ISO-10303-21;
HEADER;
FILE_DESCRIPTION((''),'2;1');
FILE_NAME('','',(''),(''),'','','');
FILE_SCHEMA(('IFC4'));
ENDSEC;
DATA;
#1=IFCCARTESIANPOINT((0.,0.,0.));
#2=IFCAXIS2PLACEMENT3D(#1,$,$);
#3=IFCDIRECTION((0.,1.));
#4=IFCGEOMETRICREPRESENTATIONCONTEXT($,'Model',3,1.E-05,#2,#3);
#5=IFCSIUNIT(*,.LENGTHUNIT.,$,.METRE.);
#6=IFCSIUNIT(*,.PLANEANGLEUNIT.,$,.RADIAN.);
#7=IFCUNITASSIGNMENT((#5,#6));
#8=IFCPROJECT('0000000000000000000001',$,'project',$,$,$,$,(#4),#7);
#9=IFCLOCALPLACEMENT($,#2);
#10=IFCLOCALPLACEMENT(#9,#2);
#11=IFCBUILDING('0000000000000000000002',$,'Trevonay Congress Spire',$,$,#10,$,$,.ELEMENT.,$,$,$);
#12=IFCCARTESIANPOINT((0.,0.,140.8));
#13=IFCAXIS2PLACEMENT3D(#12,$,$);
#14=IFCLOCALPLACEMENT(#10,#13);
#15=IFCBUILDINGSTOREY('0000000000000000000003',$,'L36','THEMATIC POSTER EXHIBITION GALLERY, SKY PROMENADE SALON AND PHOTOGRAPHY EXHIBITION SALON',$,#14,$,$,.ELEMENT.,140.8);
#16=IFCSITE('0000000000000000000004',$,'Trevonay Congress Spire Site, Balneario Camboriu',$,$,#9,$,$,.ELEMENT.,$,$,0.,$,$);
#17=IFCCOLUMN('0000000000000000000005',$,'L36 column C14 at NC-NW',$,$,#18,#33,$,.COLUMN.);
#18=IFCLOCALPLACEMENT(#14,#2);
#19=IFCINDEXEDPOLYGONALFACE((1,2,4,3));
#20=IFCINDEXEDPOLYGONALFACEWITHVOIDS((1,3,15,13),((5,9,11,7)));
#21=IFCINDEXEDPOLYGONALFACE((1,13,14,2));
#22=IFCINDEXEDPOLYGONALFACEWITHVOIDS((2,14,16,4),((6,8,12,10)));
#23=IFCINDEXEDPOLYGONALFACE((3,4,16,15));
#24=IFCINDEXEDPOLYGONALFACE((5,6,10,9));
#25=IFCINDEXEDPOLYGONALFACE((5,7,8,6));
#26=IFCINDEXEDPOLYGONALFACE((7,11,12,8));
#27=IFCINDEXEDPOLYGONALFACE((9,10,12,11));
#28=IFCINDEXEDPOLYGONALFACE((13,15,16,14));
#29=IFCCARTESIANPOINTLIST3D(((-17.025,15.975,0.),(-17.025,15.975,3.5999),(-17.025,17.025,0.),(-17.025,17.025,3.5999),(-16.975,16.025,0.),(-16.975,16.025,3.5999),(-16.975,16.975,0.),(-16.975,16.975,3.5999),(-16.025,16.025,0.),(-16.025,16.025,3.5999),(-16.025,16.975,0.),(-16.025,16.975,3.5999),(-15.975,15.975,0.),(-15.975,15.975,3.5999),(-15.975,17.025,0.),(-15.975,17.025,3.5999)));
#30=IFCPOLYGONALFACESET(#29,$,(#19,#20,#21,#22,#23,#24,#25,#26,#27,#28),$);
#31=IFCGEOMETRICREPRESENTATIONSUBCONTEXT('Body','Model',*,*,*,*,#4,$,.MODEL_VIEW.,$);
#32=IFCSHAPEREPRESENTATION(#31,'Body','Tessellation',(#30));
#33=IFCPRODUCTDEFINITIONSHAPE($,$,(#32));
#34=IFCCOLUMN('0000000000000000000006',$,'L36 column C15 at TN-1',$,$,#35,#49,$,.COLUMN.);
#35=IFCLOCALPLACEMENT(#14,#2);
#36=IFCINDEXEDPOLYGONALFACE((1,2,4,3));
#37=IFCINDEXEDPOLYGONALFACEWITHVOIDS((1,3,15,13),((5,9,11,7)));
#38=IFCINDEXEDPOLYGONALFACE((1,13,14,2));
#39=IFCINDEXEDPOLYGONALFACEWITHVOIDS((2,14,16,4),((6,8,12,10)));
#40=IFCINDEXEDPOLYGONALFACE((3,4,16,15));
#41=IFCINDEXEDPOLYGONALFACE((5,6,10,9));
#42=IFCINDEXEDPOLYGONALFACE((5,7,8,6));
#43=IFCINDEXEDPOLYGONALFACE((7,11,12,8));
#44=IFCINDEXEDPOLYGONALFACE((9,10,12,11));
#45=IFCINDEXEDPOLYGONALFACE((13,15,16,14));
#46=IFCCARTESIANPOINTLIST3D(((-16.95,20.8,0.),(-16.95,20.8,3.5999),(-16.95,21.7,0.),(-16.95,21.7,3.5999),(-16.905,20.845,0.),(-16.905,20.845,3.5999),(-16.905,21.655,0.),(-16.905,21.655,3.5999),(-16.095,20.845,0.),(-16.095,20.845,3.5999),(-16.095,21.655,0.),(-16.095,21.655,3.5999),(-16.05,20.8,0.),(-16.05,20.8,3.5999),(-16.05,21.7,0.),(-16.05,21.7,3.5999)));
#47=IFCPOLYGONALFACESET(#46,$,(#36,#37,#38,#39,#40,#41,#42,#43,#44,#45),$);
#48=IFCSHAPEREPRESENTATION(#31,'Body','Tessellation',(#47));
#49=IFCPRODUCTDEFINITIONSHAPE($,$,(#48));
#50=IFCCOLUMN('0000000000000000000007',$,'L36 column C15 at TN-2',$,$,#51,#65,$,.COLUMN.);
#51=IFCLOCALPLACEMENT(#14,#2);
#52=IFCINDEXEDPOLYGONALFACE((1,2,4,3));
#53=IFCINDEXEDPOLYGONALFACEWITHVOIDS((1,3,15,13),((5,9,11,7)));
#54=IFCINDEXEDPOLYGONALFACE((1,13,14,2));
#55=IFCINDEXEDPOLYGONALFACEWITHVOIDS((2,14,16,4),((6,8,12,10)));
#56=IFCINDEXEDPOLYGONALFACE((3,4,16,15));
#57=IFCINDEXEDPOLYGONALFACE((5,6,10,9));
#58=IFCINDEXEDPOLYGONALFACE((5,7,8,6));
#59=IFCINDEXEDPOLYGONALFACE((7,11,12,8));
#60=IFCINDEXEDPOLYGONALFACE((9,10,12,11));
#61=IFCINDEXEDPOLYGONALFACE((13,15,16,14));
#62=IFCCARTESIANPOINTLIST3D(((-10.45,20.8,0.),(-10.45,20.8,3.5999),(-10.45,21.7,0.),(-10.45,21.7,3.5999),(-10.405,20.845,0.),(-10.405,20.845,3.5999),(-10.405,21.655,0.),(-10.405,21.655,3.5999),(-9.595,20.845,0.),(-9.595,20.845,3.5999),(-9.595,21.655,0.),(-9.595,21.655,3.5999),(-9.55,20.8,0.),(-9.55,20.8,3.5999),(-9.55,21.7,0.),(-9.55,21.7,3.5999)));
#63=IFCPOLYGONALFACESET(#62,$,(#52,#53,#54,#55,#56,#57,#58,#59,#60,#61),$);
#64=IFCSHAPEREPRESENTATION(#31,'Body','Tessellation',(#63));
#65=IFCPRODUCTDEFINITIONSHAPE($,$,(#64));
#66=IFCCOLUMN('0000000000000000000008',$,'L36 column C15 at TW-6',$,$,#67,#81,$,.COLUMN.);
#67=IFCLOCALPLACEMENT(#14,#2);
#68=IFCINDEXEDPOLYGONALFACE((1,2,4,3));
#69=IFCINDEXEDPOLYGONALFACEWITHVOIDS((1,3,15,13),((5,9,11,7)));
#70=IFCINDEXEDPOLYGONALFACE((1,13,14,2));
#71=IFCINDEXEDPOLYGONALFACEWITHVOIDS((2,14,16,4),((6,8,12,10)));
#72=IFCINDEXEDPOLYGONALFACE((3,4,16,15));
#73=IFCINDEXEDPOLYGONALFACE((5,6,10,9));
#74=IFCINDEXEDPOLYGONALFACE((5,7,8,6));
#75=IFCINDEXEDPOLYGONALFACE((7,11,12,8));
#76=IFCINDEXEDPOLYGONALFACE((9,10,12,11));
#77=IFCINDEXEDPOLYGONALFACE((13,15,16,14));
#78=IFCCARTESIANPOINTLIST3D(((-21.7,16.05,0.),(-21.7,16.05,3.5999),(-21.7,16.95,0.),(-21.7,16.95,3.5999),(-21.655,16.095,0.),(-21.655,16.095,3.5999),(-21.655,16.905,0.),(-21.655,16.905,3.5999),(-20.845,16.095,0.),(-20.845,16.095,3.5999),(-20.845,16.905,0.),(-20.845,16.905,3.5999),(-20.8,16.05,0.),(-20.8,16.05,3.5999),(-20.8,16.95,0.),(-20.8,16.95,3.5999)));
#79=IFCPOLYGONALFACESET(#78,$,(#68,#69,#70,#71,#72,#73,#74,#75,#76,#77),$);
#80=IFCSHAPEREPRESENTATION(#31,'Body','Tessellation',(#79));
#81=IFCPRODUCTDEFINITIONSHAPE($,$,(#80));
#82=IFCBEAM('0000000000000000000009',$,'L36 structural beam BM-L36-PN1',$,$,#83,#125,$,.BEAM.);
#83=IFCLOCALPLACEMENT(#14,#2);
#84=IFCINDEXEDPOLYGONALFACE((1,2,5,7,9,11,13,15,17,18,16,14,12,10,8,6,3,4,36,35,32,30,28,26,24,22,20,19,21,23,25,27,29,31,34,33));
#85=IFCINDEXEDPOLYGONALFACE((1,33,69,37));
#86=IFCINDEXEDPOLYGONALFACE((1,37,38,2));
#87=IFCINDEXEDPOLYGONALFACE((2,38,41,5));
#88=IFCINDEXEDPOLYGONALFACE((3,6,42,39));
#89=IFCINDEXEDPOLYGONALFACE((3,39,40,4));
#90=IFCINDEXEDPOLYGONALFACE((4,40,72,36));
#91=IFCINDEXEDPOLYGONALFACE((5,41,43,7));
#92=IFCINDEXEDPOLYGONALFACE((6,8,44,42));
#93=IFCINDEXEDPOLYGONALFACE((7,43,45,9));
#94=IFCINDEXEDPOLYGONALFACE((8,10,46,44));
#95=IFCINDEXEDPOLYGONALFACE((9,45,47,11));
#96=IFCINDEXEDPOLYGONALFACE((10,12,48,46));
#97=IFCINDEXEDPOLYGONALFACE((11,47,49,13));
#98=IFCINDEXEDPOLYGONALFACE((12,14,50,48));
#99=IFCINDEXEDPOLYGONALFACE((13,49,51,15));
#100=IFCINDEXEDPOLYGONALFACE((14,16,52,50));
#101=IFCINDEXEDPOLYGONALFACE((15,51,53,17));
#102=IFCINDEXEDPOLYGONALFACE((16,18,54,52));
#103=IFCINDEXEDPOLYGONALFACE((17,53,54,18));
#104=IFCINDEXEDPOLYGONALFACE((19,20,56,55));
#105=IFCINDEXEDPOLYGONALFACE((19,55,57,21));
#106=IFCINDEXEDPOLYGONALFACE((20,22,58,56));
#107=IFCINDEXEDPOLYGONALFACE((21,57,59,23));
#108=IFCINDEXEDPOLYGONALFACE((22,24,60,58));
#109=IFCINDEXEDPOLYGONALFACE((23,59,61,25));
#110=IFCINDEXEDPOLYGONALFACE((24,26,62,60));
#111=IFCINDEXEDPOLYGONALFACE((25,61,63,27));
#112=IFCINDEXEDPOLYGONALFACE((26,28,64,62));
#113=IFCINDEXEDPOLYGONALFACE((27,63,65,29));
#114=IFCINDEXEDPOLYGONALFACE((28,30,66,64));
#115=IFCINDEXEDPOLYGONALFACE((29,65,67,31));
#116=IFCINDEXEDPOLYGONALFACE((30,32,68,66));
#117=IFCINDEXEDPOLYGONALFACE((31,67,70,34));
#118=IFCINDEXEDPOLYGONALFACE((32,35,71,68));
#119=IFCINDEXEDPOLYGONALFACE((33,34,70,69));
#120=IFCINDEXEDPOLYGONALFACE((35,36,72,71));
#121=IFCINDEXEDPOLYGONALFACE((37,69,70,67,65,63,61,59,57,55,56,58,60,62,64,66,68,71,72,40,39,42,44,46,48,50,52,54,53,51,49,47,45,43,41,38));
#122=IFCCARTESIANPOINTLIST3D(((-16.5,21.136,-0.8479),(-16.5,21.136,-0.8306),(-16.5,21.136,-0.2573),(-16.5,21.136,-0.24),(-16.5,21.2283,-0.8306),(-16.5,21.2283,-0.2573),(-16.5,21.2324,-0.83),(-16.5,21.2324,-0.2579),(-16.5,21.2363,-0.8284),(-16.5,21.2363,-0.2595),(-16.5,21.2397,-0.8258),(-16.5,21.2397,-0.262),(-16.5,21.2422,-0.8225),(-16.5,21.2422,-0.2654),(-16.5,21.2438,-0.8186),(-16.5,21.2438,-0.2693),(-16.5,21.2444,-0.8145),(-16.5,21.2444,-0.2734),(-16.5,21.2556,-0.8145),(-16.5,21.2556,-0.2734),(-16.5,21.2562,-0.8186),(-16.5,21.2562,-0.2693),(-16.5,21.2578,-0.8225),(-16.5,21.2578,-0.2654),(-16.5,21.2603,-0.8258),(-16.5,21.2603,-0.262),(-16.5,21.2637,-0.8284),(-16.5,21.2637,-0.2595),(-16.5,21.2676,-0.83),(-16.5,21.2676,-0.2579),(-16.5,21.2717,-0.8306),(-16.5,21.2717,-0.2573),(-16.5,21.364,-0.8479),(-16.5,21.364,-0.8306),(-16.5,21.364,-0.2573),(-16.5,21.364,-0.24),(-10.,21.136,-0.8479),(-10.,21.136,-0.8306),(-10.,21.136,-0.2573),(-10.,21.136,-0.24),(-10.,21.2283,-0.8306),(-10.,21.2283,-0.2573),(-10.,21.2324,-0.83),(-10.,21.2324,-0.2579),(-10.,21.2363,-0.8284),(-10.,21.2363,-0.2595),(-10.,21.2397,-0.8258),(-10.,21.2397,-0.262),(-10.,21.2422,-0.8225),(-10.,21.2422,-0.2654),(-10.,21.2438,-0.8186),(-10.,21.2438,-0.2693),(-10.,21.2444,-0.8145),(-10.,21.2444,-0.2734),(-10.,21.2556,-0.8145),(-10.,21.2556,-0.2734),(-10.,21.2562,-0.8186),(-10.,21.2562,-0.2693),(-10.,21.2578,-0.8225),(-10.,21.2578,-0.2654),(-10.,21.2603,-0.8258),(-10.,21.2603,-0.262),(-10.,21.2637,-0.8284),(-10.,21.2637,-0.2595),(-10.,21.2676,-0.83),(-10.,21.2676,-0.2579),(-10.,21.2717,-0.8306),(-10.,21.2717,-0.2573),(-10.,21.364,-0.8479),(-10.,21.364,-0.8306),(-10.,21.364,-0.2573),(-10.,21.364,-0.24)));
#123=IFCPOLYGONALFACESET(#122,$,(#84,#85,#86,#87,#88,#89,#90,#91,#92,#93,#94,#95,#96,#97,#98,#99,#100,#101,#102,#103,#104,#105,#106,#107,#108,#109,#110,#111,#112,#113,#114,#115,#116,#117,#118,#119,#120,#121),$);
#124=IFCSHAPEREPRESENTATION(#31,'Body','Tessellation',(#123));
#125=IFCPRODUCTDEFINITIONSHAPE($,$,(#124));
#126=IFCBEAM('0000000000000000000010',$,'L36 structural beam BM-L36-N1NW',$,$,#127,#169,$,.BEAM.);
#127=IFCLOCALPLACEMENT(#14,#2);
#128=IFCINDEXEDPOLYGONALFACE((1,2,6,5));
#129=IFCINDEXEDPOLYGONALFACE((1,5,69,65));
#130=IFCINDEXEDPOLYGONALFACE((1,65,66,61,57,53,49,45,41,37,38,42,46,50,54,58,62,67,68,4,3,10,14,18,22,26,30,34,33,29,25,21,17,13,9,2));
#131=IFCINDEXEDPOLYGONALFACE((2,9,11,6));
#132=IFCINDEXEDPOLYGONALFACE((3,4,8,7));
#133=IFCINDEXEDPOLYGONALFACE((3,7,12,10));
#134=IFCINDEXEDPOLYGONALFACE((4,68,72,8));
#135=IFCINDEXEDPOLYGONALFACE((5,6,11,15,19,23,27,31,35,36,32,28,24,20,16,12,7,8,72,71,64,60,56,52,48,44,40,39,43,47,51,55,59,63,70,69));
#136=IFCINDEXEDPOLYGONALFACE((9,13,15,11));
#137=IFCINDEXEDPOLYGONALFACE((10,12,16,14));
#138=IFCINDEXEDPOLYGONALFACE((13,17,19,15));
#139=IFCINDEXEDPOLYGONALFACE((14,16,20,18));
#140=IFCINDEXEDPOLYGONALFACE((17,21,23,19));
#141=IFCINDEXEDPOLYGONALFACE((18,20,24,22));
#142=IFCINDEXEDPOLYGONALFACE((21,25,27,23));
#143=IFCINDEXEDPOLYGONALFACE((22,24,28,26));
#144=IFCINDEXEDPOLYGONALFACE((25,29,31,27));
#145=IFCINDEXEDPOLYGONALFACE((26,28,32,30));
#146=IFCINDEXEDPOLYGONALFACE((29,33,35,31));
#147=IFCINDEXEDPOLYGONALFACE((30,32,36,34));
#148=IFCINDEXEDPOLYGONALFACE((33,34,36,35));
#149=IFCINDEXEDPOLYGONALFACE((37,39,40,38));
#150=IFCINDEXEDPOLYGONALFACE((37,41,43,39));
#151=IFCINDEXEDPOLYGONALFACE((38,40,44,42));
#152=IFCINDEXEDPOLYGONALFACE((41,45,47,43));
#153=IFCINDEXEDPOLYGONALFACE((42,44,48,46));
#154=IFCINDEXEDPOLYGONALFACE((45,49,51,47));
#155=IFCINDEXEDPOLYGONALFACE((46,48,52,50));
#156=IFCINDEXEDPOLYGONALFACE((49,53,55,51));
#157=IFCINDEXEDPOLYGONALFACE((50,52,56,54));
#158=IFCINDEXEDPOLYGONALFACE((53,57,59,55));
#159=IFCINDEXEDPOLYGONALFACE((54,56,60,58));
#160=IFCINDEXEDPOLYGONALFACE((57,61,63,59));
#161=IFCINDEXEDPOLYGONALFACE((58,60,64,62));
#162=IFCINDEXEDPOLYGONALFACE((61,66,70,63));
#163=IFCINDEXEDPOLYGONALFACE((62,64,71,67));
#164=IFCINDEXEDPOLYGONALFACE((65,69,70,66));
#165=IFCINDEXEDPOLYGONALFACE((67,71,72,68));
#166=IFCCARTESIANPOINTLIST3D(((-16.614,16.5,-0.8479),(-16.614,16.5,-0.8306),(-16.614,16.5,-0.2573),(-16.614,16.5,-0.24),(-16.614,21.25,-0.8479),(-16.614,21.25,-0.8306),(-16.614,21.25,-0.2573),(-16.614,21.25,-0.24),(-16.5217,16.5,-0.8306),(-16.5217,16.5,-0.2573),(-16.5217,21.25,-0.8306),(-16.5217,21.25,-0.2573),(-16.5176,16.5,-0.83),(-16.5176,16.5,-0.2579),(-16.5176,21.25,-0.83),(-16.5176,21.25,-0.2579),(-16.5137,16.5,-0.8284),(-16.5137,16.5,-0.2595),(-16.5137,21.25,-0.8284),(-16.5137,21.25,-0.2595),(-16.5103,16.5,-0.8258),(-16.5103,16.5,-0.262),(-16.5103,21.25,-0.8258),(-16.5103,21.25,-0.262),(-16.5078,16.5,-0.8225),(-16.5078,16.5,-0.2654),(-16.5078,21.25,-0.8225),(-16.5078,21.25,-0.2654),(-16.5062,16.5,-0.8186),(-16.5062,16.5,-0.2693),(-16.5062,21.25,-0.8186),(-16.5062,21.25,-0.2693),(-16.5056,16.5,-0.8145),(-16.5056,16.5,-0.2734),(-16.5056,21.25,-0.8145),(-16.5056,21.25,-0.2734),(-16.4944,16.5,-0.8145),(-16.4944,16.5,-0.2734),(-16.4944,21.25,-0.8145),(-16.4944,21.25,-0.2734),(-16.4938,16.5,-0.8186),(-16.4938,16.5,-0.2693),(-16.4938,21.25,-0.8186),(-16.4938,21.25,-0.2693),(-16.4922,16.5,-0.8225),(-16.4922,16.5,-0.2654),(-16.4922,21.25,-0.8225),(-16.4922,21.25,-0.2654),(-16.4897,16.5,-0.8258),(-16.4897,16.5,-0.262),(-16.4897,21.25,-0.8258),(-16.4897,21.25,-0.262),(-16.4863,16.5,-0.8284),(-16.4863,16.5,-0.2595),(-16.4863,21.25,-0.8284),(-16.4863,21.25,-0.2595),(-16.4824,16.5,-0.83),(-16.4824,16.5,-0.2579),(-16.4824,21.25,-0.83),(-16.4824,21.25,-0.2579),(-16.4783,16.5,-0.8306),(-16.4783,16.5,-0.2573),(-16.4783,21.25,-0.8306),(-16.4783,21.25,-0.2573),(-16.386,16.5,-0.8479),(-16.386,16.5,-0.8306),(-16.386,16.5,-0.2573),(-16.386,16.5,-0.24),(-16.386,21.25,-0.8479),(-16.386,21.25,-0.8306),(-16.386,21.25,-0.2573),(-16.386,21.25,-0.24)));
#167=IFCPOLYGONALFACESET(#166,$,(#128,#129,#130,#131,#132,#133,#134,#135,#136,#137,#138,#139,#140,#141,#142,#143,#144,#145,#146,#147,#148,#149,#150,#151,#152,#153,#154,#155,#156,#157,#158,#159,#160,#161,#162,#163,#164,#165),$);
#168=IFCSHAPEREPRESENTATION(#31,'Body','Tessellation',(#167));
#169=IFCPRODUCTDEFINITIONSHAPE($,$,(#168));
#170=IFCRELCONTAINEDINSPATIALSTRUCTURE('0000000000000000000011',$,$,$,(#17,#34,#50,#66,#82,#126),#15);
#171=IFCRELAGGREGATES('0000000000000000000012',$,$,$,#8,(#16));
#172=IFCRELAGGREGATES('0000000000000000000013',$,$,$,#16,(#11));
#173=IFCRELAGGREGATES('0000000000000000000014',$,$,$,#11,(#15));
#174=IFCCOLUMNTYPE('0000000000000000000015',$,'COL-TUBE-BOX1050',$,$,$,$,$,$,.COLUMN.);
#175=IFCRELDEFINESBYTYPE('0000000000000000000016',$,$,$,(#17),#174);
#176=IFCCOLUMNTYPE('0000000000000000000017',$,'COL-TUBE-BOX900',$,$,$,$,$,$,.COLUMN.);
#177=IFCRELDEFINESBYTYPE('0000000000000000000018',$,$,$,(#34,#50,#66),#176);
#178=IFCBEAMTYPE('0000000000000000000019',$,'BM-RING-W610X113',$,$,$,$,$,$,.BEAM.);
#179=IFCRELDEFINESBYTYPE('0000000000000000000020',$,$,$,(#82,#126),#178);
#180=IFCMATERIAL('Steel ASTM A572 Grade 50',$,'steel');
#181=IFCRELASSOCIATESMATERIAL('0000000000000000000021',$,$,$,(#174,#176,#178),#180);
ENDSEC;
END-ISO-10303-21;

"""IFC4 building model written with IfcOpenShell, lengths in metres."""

from ifc_helpers import new_model, si_unit, direction, frame, origin, origin_2d, place, context, subcontext, project, spatial, hollow_rectangle, i_section, extrude, material, material_profile, profile_set, type_object, element, save


model = new_model("IFC4")

# Units and contexts
model_context = context("Model", 3, precision=1e-05, world=origin(), true_north=direction((0.0, 1.0)))
body_context = subcontext(model_context, "Body", "Model", "MODEL_VIEW")
ifc_project = project(units=[si_unit("LENGTHUNIT", "METRE"), si_unit("PLANEANGLEUNIT", "RADIAN")], contexts=[model_context])

# Site, building, storey
site_placement = place(None, origin())
site = spatial("IfcSite", under=ifc_project, at=site_placement, Name="Trevonay Congress Spire Site, Balneario Camboriu", CompositionType="ELEMENT", RefElevation=0.0)
building_placement = place(site_placement, origin())
building = spatial("IfcBuilding", under=site, at=building_placement, Name="Trevonay Congress Spire", CompositionType="ELEMENT")
storey_placement = place(building_placement, frame((0.0, 0.0, 140.8)))
storey = spatial("IfcBuildingStorey", under=building, at=storey_placement, Name="L36", Description="THEMATIC POSTER EXHIBITION GALLERY, SKY PROMENADE SALON AND PHOTOGRAPHY EXHIBITION SALON", CompositionType="ELEMENT", Elevation=140.8)

# Columns
ifc_material_1 = material(Name="Steel ASTM A572 Grade 50", Category="steel")
ifc_material_profile_1 = material_profile(ifc_material_1, hollow_rectangle(XDim=1.05, YDim=1.05, WallThickness=0.05, at=origin_2d()), Name="BOX 1050x1050x50")
ifc_profile_set_1 = profile_set([ifc_material_profile_1], Name="Steel ASTM A572 Grade 50")
column_type_1 = type_object("IfcColumnType", Name="COL-TUBE-BOX1050", PredefinedType="COLUMN", material=ifc_profile_set_1)
column_placement = place(storey_placement, frame((-16.5, 16.5, 0.0), z_axis=(0.0, 0.0, 1.0), x_axis=(1.0, 0.0, 0.0)))
element("IfcColumn", 1, at=column_placement, inside=storey, type_object=column_type_1, Name="L36 column C14 at NC-NW", PredefinedType="COLUMN", context=body_context, shape_type="SweptSolid", body=[
    extrude(hollow_rectangle(XDim=1.05, YDim=1.05, WallThickness=0.05, at=origin_2d()), origin(), (0.0, 0.0, 1.0), 3.5999),
])
ifc_material_profile_2 = material_profile(ifc_material_1, hollow_rectangle(XDim=0.8999, YDim=0.8999, WallThickness=0.0449, at=origin_2d()), Name="BOX 900x900x45")
ifc_profile_set_2 = profile_set([ifc_material_profile_2], Name="Steel ASTM A572 Grade 50")
column_type_2 = type_object("IfcColumnType", Name="COL-TUBE-BOX900", PredefinedType="COLUMN", material=ifc_profile_set_2)
for number, where, z_axis, x_axis, name in (
    (2, (-16.5, 21.25, 0.0), (0.0, 0.0, 1.0), (1.0, 0.0, 0.0), "L36 column C15 at TN-1"),
    (3, (-10.0, 21.25, 0.0), (0.0, 0.0, 1.0), (1.0, 0.0, 0.0), "L36 column C15 at TN-2"),
    (4, (-21.25, 16.5, 0.0), (0.0, 0.0, 1.0), (1.0, 0.0, 0.0), "L36 column C15 at TW-6"),
):
    element("IfcColumn", number, at=place(storey_placement, frame(where, z_axis=z_axis, x_axis=x_axis)), inside=storey, type_object=column_type_2, Name=name, PredefinedType="COLUMN", context=body_context, shape_type="SweptSolid", body=[
        extrude(hollow_rectangle(XDim=0.8999, YDim=0.8999, WallThickness=0.0449, at=origin_2d()), origin(), (0.0, 0.0, 1.0), 3.5999),
    ])

# Beams
ifc_material_profile_3 = material_profile(ifc_material_1, i_section(OverallWidth=0.228, OverallDepth=0.6079, WebThickness=0.0112, FlangeThickness=0.0173, FilletRadius=0.0161, at=origin_2d()), Name="W610x113")
ifc_profile_set_3 = profile_set([ifc_material_profile_3], Name="Steel ASTM A572 Grade 50")
beam_type = type_object("IfcBeamType", Name="BM-RING-W610X113", PredefinedType="BEAM", material=ifc_profile_set_3)
beam_placement = place(storey_placement, frame((-16.5, 21.25, -0.5439), z_axis=(1.0, 0.0, 0.0), x_axis=(0.0, 1.0, 0.0)))
element("IfcBeam", 5, at=beam_placement, inside=storey, type_object=beam_type, Name="L36 structural beam BM-L36-PN1", PredefinedType="BEAM", context=body_context, shape_type="SweptSolid", body=[
    extrude(i_section(OverallWidth=0.228, OverallDepth=0.6079, WebThickness=0.0112, FlangeThickness=0.0173, FilletRadius=0.0161, at=origin_2d()), origin(), (0.0, 0.0, 1.0), 6.5),
])
for number, where, z_axis, x_axis, name in (
    (6, (-16.5, 21.25, -0.5439), (0.0, -1.0, 0.0), (1.0, 0.0, 0.0), "L36 structural beam BM-L36-N1NW"),
):
    element("IfcBeam", number, at=place(storey_placement, frame(where, z_axis=z_axis, x_axis=x_axis)), inside=storey, type_object=beam_type, Name=name, PredefinedType="BEAM", context=body_context, shape_type="SweptSolid", body=[
        extrude(i_section(OverallWidth=0.228, OverallDepth=0.6079, WebThickness=0.0112, FlangeThickness=0.0173, FilletRadius=0.0161, at=origin_2d()), origin(), (0.0, 0.0, 1.0), 4.75),
    ])

save(model, "model.ifc")
